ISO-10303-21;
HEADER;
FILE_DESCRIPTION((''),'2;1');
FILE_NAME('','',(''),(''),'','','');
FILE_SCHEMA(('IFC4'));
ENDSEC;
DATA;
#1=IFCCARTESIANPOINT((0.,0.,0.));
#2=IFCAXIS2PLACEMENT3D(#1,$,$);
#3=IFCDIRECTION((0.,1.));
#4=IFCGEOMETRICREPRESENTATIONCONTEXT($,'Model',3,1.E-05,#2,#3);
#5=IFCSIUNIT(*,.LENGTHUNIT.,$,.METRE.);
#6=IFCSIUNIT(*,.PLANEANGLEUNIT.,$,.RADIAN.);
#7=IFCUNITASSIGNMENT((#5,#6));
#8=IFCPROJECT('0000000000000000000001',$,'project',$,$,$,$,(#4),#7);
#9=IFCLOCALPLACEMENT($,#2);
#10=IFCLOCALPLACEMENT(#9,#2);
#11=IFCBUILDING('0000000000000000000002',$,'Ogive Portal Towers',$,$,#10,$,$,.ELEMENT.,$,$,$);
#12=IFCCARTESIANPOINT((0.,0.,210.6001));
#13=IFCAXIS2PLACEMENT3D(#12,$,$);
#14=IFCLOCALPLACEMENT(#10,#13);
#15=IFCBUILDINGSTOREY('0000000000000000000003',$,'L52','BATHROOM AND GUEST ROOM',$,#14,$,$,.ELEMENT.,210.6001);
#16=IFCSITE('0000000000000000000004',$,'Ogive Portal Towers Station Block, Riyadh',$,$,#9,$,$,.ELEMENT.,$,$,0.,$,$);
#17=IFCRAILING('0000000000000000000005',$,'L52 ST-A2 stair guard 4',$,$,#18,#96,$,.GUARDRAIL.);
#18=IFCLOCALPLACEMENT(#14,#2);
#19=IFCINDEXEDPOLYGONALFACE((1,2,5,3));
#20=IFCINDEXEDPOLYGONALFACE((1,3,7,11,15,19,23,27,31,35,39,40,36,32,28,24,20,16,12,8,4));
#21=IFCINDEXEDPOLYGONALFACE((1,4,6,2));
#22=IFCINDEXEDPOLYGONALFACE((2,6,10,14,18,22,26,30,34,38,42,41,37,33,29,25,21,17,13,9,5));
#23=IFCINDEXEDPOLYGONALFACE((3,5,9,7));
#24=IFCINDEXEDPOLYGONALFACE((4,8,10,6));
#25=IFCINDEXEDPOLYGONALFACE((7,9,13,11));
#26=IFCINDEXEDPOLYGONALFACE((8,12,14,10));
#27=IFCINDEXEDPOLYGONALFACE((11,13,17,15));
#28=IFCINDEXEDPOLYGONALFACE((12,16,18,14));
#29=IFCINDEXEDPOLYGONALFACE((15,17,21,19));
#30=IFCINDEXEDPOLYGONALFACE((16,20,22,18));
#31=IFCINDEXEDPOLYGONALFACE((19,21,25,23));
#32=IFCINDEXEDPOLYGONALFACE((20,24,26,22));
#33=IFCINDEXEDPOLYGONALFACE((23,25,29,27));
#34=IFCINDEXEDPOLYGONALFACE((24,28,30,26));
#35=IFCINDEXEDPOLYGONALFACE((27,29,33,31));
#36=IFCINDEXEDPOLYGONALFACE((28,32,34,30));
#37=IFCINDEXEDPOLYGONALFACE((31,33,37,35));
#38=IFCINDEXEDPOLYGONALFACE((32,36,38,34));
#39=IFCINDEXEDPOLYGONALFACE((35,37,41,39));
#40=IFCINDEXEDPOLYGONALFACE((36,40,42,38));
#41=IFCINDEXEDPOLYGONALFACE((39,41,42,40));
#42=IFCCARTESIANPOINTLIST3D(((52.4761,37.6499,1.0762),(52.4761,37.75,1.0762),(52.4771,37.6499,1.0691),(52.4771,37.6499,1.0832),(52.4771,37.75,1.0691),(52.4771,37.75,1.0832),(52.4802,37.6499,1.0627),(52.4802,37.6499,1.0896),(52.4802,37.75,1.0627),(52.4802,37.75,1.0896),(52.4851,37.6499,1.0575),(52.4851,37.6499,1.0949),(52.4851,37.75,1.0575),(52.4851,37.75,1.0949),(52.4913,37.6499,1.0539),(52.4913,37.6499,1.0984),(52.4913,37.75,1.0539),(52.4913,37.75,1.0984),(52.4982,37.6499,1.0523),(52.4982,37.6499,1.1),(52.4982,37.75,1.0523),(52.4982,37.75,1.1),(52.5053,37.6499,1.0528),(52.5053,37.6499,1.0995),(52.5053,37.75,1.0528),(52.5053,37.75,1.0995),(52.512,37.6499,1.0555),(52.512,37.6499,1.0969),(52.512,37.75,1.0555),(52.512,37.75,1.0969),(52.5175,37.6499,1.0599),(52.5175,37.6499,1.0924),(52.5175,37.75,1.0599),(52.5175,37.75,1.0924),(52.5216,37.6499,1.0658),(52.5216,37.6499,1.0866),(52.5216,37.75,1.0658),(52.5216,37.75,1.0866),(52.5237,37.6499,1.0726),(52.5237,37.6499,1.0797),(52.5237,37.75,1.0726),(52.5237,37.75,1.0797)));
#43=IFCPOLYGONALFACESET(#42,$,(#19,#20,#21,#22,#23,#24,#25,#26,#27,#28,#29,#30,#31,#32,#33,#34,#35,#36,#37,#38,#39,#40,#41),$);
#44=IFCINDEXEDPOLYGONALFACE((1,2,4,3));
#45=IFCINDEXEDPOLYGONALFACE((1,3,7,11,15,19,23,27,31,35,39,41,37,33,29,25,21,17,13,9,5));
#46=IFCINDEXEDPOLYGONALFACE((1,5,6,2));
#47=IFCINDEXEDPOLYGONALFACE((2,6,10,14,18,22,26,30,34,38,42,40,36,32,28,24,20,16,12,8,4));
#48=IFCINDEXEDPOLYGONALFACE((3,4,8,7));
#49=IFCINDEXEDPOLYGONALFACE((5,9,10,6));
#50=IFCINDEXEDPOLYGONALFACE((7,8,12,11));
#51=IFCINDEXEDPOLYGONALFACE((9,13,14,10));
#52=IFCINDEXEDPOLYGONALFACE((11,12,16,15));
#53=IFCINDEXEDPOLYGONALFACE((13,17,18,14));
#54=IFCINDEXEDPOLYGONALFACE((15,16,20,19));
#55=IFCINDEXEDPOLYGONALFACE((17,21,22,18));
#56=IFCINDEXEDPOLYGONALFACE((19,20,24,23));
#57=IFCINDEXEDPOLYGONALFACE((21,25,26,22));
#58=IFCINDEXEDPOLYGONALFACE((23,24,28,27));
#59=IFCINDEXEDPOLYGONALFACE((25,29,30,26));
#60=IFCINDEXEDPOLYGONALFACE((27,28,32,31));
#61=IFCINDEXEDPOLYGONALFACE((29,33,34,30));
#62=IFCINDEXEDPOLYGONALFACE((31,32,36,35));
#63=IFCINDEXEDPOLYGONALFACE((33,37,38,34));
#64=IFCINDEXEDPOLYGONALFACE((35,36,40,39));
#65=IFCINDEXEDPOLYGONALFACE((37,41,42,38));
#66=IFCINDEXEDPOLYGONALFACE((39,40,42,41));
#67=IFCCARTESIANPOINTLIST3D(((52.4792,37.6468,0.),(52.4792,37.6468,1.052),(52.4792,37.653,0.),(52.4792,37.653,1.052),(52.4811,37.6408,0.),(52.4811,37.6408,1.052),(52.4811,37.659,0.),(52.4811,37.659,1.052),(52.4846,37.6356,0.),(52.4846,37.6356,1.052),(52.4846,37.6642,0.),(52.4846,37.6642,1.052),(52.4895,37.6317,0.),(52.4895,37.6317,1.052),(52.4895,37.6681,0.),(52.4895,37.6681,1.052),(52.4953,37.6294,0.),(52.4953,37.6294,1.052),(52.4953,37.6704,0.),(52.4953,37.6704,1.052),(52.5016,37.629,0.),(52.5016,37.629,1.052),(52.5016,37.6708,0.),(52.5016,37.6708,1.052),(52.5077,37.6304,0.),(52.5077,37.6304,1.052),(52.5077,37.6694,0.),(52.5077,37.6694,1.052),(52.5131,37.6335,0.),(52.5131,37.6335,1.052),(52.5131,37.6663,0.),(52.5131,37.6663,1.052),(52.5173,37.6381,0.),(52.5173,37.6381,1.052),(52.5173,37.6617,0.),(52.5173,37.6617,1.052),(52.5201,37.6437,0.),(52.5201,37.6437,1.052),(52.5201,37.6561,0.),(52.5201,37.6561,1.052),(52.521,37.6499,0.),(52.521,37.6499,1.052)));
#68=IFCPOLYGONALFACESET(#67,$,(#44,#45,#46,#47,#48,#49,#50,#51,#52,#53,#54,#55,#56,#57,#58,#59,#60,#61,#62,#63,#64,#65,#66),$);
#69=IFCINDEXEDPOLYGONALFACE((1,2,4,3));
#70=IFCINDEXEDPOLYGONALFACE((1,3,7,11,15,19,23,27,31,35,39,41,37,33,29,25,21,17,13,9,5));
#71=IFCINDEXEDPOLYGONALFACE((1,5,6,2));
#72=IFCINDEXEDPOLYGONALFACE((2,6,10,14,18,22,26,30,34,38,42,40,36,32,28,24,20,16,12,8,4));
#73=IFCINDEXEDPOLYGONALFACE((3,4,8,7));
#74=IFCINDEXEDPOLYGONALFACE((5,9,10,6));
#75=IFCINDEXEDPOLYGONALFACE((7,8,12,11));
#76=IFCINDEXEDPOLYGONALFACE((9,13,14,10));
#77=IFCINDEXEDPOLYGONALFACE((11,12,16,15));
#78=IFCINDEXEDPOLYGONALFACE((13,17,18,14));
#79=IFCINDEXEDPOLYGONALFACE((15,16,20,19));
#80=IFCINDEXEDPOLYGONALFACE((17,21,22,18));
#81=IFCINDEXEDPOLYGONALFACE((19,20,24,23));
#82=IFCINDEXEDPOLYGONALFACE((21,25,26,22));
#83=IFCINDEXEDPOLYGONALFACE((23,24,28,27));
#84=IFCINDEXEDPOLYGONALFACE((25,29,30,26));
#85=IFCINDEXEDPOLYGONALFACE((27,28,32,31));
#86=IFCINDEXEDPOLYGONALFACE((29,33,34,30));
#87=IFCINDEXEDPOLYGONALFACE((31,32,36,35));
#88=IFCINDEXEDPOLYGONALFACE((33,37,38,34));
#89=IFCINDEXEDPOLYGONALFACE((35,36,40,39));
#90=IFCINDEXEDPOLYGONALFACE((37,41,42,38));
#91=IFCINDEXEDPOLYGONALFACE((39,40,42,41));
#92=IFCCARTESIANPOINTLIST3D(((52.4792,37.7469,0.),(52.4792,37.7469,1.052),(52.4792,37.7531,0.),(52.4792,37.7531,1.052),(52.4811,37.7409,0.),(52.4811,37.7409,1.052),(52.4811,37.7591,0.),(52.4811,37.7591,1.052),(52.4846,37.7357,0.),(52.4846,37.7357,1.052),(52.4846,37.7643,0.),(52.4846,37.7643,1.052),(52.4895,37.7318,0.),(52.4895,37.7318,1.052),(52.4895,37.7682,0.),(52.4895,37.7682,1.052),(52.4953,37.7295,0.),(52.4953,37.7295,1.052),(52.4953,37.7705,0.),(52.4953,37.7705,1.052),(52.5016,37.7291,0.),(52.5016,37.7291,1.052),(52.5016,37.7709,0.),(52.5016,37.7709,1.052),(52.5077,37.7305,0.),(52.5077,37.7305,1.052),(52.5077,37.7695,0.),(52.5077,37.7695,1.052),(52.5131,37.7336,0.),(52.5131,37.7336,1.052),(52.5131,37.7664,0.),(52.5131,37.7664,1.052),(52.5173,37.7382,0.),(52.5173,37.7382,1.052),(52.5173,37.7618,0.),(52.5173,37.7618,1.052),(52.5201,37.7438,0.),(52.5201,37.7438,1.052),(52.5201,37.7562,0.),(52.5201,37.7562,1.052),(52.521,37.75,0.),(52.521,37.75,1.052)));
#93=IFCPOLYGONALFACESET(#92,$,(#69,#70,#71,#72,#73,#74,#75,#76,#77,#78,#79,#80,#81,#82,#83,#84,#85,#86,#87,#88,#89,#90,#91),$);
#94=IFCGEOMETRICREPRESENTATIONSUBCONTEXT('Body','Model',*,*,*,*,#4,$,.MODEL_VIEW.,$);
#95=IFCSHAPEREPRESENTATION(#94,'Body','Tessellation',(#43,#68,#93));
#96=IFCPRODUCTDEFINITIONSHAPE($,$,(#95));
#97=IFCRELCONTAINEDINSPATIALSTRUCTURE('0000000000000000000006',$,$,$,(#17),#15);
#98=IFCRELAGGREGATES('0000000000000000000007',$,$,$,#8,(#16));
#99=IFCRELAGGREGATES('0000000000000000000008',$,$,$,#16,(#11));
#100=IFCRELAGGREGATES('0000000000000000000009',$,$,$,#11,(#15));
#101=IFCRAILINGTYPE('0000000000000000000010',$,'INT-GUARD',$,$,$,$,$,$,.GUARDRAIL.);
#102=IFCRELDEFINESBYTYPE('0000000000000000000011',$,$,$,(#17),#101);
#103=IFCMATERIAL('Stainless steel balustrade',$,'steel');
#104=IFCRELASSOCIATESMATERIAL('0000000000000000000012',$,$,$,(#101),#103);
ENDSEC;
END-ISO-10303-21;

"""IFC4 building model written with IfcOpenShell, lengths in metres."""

from ifc_helpers import new_model, si_unit, direction, frame, origin, origin_2d, place, context, subcontext, project, spatial, circle, extrude, material, type_object, element, save


model = new_model("IFC4")

# Units and contexts
model_context = context("Model", 3, precision=1e-05, world=origin(), true_north=direction((0.0, 1.0)))
body_context = subcontext(model_context, "Body", "Model", "MODEL_VIEW")
ifc_project = project(units=[si_unit("LENGTHUNIT", "METRE"), si_unit("PLANEANGLEUNIT", "RADIAN")], contexts=[model_context])

# Site, building, storey
site_placement = place(None, origin())
site = spatial("IfcSite", under=ifc_project, at=site_placement, Name="Ogive Portal Towers Station Block, Riyadh", CompositionType="ELEMENT", RefElevation=0.0)
building_placement = place(site_placement, origin())
building = spatial("IfcBuilding", under=site, at=building_placement, Name="Ogive Portal Towers", CompositionType="ELEMENT")
storey_placement = place(building_placement, frame((0.0, 0.0, 210.6001)))
storey = spatial("IfcBuildingStorey", under=building, at=storey_placement, Name="L52", Description="BATHROOM AND GUEST ROOM", CompositionType="ELEMENT", Elevation=210.6001)

# Railing
ifc_material_1 = material(Name="Stainless steel balustrade", Category="steel")
railing_type_1 = type_object("IfcRailingType", Name="INT-GUARD", PredefinedType="GUARDRAIL", material=ifc_material_1)
railing_1_placement = place(storey_placement, frame((52.5, 37.6499, 0.0)))
element("IfcRailing", 1, at=railing_1_placement, inside=storey, type_object=railing_type_1, Name="L52 ST-A2 stair guard 4", PredefinedType="GUARDRAIL", context=body_context, shape_type="SweptSolid", body=[
    extrude(circle(Radius=0.0239, at=origin_2d()), frame((0.0, 0.0, 1.0762), z_axis=(0.0, 1.0, 0.0), x_axis=(-1.0, 0.0, 0.0)), (0.0, 0.0, 1.0), 0.1001),
    extrude(circle(Radius=0.021, at=origin_2d()), origin(), (0.0, 0.0, 1.0), 1.052),
    extrude(circle(Radius=0.021, at=origin_2d()), frame((0.0, 0.1001, 0.0)), (0.0, 0.0, 1.0), 1.052),
])

save(model, "model.ifc")
